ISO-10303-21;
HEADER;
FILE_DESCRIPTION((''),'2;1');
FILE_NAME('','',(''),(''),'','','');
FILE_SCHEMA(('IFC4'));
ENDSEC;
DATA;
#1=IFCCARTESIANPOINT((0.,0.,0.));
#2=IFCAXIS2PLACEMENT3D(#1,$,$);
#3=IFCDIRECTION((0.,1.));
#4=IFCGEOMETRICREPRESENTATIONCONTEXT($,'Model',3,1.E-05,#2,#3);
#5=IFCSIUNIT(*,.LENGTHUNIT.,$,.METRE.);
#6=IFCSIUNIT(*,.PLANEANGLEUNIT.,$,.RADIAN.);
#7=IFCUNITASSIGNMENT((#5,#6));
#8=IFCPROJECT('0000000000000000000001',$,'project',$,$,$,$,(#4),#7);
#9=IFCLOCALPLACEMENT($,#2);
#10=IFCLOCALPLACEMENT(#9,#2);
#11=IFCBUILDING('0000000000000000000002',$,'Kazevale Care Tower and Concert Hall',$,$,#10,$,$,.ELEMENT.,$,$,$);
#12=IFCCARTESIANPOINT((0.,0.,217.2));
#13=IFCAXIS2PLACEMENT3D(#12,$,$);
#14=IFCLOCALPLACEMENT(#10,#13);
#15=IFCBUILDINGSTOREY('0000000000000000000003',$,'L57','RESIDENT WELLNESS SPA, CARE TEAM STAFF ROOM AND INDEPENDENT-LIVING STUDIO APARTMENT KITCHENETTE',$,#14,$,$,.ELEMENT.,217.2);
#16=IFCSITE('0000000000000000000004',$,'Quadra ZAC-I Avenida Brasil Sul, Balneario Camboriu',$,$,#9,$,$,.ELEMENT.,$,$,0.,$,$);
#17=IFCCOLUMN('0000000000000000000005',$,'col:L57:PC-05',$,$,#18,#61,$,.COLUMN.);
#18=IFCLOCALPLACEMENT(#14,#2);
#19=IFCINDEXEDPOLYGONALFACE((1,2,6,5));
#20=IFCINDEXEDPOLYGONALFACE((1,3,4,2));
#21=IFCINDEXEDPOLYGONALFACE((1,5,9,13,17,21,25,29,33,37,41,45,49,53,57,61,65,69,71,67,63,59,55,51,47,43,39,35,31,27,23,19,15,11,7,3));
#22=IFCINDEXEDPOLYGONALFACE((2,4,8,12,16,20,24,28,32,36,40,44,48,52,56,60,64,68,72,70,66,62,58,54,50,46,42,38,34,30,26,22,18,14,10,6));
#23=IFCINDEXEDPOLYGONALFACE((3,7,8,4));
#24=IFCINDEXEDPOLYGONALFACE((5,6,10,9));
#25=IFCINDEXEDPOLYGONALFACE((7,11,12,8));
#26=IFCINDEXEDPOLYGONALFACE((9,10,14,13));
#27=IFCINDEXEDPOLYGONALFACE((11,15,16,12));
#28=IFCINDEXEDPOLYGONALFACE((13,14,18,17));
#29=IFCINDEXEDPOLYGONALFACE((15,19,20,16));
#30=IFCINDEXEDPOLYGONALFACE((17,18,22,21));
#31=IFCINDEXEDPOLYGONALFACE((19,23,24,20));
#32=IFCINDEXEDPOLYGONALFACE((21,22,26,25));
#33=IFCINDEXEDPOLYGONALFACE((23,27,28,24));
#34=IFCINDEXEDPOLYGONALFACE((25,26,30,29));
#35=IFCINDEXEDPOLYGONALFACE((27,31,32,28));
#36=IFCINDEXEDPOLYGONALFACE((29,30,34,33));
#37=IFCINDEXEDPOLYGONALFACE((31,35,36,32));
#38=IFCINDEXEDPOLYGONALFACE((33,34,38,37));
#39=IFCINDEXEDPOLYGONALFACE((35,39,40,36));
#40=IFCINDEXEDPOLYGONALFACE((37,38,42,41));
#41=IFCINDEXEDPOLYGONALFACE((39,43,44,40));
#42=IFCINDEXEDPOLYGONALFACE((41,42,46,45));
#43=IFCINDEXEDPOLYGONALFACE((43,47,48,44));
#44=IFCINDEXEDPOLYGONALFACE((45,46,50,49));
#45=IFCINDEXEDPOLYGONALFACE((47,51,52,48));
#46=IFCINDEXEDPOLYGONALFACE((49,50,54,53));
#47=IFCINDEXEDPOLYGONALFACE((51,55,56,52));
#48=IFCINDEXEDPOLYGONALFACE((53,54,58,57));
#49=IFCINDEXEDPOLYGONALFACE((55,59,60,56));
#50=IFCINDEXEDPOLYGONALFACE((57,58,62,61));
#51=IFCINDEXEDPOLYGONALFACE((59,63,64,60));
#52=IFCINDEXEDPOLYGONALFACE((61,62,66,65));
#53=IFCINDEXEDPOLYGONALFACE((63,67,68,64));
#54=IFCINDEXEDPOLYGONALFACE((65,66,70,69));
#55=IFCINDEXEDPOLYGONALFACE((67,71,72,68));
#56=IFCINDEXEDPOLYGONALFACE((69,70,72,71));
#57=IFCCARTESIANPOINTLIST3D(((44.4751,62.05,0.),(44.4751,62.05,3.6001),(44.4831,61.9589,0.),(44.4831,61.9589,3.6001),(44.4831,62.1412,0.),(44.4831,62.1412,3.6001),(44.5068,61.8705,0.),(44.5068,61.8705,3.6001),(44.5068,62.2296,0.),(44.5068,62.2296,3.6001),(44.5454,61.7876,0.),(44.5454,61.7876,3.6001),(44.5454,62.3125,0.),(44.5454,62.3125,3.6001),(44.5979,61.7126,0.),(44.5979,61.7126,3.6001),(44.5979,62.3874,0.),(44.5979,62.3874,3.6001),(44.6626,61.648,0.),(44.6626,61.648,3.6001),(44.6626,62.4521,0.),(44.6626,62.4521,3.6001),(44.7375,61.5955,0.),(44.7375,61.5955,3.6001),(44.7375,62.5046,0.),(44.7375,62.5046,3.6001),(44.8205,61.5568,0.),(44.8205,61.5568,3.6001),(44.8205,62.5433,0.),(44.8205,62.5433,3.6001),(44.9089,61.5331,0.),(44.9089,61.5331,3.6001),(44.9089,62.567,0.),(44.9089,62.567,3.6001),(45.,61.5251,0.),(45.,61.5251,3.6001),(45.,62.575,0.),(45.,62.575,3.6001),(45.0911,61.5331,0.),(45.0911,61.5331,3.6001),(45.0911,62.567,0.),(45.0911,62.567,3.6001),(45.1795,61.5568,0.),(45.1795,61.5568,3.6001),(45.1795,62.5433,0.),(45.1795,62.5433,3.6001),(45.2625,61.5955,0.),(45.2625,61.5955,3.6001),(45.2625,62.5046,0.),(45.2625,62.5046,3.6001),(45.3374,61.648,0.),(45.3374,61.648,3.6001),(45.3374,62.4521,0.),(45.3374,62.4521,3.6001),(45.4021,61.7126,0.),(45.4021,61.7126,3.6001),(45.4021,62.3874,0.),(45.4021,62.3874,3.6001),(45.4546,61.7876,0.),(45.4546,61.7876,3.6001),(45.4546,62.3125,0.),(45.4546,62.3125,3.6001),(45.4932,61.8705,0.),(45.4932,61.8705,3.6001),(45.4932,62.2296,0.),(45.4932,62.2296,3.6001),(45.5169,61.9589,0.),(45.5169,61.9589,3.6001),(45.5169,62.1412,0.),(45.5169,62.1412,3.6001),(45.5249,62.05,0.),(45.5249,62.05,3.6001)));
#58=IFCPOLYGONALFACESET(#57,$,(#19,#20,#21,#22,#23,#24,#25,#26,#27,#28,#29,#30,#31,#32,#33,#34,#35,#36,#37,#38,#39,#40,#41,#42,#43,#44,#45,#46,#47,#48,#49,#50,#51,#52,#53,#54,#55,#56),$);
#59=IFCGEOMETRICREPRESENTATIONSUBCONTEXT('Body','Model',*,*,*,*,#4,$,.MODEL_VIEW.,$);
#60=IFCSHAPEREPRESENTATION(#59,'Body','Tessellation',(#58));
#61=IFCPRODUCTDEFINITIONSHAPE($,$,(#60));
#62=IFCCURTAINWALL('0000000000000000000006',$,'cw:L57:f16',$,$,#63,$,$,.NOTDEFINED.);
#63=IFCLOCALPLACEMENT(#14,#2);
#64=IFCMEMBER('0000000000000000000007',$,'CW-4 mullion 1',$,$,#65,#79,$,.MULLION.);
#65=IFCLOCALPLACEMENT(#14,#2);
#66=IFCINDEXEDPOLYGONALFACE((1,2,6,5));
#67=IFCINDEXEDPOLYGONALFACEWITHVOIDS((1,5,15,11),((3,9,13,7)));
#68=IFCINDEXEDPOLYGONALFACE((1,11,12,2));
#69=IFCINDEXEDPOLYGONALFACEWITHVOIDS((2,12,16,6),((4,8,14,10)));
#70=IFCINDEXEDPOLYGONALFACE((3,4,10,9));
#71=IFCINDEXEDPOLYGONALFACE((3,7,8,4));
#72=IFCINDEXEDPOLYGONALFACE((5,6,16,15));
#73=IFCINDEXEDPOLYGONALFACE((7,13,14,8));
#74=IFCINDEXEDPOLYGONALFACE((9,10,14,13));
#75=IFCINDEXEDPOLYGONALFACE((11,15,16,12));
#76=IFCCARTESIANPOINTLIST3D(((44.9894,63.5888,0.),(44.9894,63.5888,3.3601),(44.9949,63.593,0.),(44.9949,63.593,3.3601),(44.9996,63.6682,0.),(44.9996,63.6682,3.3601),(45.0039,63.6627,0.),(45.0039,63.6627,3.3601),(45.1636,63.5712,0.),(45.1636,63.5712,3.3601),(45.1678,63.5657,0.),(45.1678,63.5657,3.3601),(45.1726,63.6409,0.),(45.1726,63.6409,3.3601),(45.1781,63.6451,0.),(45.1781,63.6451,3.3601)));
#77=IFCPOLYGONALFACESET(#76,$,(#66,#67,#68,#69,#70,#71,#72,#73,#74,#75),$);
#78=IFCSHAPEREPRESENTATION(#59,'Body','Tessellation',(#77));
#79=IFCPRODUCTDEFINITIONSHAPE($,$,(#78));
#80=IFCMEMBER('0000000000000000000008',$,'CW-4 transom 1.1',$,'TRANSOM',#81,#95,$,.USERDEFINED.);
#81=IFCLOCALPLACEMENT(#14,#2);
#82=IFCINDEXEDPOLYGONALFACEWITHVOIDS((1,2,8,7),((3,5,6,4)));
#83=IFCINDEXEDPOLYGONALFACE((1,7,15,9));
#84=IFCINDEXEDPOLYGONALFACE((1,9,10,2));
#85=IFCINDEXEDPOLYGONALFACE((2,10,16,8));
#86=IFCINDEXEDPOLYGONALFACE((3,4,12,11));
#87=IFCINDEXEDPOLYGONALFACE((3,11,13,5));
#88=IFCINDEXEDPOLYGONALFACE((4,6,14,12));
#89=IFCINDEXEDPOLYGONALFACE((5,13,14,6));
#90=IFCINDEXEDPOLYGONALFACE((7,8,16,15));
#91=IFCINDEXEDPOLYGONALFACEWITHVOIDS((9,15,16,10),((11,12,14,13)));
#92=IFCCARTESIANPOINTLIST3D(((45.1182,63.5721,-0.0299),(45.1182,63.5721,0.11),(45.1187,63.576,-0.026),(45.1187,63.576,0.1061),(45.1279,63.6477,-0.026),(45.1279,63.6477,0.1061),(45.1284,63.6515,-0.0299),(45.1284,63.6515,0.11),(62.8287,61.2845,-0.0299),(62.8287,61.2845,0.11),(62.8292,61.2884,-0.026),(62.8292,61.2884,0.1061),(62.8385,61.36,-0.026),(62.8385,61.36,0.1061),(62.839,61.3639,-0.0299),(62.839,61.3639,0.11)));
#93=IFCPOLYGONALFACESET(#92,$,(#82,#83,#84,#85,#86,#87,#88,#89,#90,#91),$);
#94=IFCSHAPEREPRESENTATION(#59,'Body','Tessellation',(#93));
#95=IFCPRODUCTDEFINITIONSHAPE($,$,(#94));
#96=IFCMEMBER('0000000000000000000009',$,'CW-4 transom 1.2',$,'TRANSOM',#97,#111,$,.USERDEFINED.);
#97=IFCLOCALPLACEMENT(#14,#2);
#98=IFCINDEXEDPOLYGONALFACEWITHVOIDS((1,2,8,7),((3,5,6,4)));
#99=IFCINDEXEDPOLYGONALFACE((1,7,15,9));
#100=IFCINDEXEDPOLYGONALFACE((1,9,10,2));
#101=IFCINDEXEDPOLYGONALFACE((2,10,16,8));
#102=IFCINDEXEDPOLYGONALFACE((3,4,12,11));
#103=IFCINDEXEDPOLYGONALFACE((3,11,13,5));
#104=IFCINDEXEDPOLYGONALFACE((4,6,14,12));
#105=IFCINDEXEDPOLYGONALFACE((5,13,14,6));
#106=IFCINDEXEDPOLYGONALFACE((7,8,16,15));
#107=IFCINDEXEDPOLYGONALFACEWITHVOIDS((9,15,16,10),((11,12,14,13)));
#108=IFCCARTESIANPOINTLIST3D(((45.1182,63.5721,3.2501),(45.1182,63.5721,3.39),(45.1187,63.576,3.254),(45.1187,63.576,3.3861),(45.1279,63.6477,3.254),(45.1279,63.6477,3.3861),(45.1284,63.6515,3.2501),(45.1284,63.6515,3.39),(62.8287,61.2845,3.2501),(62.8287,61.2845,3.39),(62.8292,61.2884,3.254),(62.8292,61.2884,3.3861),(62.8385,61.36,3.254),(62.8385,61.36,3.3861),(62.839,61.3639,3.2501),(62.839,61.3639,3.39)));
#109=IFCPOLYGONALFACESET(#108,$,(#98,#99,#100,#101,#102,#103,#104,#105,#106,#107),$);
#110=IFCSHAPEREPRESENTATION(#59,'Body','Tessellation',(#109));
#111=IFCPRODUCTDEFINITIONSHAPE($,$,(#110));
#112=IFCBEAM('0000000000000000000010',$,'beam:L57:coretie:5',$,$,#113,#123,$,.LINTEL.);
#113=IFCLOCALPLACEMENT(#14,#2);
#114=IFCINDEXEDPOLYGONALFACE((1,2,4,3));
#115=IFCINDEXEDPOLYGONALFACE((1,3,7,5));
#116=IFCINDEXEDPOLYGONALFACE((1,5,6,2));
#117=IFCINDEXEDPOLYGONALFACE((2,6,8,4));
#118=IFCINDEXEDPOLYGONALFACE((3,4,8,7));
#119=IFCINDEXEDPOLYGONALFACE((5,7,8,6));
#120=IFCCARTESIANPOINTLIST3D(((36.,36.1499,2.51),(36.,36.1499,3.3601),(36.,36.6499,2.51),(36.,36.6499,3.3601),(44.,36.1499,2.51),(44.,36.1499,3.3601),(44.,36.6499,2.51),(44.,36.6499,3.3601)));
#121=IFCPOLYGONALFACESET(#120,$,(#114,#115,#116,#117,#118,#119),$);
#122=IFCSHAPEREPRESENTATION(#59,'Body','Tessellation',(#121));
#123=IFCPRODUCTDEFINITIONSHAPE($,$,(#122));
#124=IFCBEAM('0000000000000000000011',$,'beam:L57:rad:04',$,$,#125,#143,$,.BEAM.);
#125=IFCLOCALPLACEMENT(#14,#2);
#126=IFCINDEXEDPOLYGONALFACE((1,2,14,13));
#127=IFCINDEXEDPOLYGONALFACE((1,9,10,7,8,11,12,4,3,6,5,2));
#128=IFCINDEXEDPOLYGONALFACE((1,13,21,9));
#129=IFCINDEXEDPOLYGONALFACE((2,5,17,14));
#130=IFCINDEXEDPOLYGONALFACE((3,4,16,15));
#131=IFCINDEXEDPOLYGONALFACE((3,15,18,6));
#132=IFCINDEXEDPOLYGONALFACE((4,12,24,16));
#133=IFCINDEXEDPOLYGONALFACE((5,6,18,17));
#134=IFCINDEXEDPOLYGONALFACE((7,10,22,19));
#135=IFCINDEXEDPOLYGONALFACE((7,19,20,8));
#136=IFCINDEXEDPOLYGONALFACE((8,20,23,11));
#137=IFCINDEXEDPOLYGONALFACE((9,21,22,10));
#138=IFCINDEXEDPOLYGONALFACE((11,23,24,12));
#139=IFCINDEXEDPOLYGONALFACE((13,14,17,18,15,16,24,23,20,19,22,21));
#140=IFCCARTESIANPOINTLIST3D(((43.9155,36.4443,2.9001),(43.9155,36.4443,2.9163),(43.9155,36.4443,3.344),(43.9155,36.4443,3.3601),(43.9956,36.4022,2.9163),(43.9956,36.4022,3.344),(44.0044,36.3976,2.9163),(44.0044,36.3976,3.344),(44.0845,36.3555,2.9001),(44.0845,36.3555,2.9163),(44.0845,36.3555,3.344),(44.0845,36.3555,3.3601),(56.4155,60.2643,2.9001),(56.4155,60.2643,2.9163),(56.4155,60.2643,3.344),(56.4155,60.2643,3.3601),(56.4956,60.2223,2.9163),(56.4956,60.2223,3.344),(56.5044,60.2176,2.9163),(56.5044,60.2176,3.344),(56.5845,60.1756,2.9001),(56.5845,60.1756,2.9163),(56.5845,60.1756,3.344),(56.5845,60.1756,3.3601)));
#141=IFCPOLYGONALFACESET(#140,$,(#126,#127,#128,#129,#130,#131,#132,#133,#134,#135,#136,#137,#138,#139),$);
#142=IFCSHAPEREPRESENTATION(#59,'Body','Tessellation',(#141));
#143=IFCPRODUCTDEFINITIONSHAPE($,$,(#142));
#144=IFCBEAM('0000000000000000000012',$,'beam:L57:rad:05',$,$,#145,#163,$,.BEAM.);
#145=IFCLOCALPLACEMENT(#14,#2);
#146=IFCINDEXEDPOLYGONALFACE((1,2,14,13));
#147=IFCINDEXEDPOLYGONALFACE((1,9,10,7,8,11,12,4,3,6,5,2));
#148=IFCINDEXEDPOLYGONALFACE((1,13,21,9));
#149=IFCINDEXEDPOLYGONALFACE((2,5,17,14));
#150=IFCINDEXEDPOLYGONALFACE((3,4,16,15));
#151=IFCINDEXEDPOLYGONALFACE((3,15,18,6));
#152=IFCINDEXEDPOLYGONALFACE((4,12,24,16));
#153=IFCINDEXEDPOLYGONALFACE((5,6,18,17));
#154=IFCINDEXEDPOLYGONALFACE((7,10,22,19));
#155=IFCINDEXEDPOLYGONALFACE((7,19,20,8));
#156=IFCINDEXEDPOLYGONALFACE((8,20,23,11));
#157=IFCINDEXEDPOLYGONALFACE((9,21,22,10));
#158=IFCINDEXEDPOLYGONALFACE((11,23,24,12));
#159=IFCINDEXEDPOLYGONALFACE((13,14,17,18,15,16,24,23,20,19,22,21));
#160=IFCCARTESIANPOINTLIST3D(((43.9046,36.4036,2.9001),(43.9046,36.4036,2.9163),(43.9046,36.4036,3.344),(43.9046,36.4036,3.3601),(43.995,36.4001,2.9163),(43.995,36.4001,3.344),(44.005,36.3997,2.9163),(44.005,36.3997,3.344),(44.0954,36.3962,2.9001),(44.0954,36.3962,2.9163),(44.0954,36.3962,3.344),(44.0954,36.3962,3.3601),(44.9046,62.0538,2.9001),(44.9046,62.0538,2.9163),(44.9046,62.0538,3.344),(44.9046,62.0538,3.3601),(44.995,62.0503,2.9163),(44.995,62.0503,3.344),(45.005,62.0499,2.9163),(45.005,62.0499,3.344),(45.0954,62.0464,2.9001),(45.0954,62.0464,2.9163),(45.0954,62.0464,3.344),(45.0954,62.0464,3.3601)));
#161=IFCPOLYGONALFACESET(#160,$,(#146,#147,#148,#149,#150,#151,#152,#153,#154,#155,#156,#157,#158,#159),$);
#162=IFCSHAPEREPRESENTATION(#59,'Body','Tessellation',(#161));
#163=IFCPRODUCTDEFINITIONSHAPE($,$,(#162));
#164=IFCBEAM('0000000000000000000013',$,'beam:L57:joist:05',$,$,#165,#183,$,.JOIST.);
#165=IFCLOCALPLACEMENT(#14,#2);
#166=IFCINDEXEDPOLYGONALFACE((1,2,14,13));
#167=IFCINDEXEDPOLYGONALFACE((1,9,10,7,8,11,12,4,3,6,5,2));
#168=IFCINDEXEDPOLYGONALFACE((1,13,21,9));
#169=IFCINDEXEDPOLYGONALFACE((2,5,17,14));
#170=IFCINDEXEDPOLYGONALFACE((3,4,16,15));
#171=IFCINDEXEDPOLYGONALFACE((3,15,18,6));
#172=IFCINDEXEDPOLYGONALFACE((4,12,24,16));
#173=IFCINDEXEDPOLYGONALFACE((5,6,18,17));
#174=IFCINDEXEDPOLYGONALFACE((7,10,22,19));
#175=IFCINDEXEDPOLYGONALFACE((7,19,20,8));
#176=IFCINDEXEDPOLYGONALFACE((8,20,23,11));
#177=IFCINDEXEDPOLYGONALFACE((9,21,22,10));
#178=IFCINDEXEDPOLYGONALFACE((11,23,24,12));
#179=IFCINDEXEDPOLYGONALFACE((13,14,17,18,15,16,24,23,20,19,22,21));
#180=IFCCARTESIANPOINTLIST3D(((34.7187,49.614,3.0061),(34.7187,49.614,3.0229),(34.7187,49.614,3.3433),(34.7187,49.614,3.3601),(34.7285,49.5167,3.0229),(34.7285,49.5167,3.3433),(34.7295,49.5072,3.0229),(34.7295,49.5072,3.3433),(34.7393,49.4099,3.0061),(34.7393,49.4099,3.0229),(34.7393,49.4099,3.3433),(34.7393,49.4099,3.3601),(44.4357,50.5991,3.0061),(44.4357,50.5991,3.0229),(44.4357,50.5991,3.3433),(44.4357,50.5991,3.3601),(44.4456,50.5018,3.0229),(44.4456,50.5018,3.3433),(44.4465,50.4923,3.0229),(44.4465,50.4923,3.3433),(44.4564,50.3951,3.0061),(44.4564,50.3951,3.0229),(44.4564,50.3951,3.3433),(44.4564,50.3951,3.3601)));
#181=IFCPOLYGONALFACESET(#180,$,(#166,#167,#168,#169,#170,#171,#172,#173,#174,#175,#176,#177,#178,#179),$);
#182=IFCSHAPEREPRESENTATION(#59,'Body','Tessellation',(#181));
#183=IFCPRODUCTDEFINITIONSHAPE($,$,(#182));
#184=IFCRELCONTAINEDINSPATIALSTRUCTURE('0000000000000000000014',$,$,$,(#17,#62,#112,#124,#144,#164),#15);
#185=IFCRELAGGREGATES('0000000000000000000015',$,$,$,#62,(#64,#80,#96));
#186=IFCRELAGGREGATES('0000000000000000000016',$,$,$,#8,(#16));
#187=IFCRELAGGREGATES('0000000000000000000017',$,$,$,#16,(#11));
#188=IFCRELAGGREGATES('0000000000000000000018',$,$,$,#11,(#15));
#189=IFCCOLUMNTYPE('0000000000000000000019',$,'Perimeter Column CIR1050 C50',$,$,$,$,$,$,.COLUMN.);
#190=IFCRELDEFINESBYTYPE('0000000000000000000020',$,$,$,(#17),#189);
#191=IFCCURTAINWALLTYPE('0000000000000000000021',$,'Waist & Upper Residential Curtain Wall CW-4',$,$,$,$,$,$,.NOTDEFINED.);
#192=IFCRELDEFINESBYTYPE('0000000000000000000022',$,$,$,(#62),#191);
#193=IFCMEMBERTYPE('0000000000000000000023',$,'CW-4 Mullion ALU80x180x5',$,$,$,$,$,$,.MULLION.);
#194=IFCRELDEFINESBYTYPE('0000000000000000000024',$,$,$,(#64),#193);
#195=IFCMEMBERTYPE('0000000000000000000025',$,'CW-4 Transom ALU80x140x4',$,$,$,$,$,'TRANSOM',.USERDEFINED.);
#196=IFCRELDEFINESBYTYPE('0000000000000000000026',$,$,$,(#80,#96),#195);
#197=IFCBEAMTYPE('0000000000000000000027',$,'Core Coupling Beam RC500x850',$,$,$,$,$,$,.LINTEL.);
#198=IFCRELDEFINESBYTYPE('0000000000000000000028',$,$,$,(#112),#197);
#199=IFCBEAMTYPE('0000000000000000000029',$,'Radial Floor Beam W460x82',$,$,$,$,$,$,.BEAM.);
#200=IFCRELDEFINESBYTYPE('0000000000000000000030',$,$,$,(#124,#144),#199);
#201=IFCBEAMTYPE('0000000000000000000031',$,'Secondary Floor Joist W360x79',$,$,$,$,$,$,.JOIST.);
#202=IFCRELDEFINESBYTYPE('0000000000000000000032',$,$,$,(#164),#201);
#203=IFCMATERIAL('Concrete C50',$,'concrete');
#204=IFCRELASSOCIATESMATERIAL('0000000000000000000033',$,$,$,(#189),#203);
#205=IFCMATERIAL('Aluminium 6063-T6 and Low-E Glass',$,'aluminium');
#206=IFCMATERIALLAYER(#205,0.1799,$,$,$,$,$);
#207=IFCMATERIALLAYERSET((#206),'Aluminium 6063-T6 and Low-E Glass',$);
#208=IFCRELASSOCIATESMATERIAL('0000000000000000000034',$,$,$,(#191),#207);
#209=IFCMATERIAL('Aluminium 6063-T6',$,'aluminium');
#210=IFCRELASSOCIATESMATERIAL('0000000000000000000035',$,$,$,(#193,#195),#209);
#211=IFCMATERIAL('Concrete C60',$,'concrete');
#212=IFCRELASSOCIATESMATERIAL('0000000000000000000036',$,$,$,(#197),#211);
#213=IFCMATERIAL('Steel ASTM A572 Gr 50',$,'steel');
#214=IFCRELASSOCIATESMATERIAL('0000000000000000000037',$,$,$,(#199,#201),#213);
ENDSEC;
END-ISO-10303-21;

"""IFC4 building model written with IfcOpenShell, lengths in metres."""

from ifc_helpers import new_model, si_unit, direction, frame, origin, origin_2d, place, context, subcontext, project, spatial, rectangle, hollow_rectangle, circle, i_section, extrude, material, layer, layer_set, material_profile, profile_set, type_object, element, aggregate, save


model = new_model("IFC4")

# Units and contexts
model_context = context("Model", 3, precision=1e-05, world=origin(), true_north=direction((0.0, 1.0)))
body_context = subcontext(model_context, "Body", "Model", "MODEL_VIEW")
ifc_project = project(units=[si_unit("LENGTHUNIT", "METRE"), si_unit("PLANEANGLEUNIT", "RADIAN")], contexts=[model_context])

# Site, building, storey
site_placement = place(None, origin())
site = spatial("IfcSite", under=ifc_project, at=site_placement, Name="Quadra ZAC-I Avenida Brasil Sul, Balneario Camboriu", CompositionType="ELEMENT", RefElevation=0.0)
building_placement = place(site_placement, origin())
building = spatial("IfcBuilding", under=site, at=building_placement, Name="Kazevale Care Tower and Concert Hall", CompositionType="ELEMENT")
storey_placement = place(building_placement, frame((0.0, 0.0, 217.2)))
storey = spatial("IfcBuildingStorey", under=building, at=storey_placement, Name="L57", Description="RESIDENT WELLNESS SPA, CARE TEAM STAFF ROOM AND INDEPENDENT-LIVING STUDIO APARTMENT KITCHENETTE", CompositionType="ELEMENT", Elevation=217.2)

# Column
ifc_material_1 = material(Name="Concrete C50", Category="concrete")
ifc_material_profile_1 = material_profile(ifc_material_1, circle(Radius=0.5249, at=origin_2d()), Name="RC-CIR1050")
ifc_profile_set_1 = profile_set([ifc_material_profile_1], Name="Concrete C50")
column_type = type_object("IfcColumnType", Name="Perimeter Column CIR1050 C50", PredefinedType="COLUMN", material=ifc_profile_set_1)
column_placement = place(storey_placement, frame((45.0, 62.05, 0.0), z_axis=(0.0, 0.0, 1.0), x_axis=(1.0, 0.0, 0.0)))
element("IfcColumn", 1, at=column_placement, inside=storey, type_object=column_type, Name="col:L57:PC-05", PredefinedType="COLUMN", context=body_context, shape_type="SweptSolid", body=[
    extrude(circle(Radius=0.5249, at=origin_2d()), origin(), (0.0, 0.0, 1.0), 3.6001),
])

# Curtain wall, members
ifc_material_2 = material(Name="Aluminium 6063-T6 and Low-E Glass", Category="aluminium")
ifc_layer_1 = layer(ifc_material_2, 0.1799)
ifc_layer_set_1 = layer_set([ifc_layer_1], Name="Aluminium 6063-T6 and Low-E Glass")
curtain_wall_type = type_object("IfcCurtainWallType", Name="Waist & Upper Residential Curtain Wall CW-4", PredefinedType="NOTDEFINED", material=ifc_layer_set_1)
curtain_wall_placement = place(storey_placement, origin())
curtain_wall = element("IfcCurtainWall", 2, at=curtain_wall_placement, inside=storey, type_object=curtain_wall_type, Name="cw:L57:f16", PredefinedType="NOTDEFINED")
ifc_material_3 = material(Name="Aluminium 6063-T6", Category="aluminium")
ifc_material_profile_2 = material_profile(ifc_material_3, hollow_rectangle(XDim=0.0801, YDim=0.1799, WallThickness=0.0049, at=origin_2d()), Name="ALU80x180x5")
ifc_profile_set_2 = profile_set([ifc_material_profile_2], Name="Aluminium 6063-T6")
member_type_1 = type_object("IfcMemberType", Name="CW-4 Mullion ALU80x180x5", PredefinedType="MULLION", material=ifc_profile_set_2)
member_1_placement = place(storey_placement, frame((45.0837, 63.6169, 0.0), z_axis=(0.0, 0.0, 1.0), x_axis=(0.128098, 0.991761, 0.0)))
member_1 = element("IfcMember", 3, at=member_1_placement, type_object=member_type_1, Name="CW-4 mullion 1", PredefinedType="MULLION", context=body_context, shape_type="SweptSolid", body=[
    extrude(hollow_rectangle(XDim=0.0801, YDim=0.1799, WallThickness=0.0049, at=origin_2d()), origin(), (0.0, 0.0, 1.0), 3.3601),
])
ifc_material_profile_3 = material_profile(ifc_material_3, hollow_rectangle(XDim=0.0801, YDim=0.1399, WallThickness=0.0039, at=origin_2d()), Name="ALU80x140x4")
ifc_profile_set_3 = profile_set([ifc_material_profile_3], Name="Aluminium 6063-T6")
member_type_2 = type_object("IfcMemberType", Name="CW-4 Transom ALU80x140x4", ElementType="TRANSOM", PredefinedType="USERDEFINED", material=ifc_profile_set_3)
member_2_placement = place(storey_placement, frame((45.1233, 63.6118, 0.04), z_axis=(0.991761, -0.128102, 0.0), x_axis=(0.128102, 0.991761, 0.0)))
member_2 = element("IfcMember", 4, at=member_2_placement, type_object=member_type_2, Name="CW-4 transom 1.1", ObjectType="TRANSOM", PredefinedType="USERDEFINED", context=body_context, shape_type="SweptSolid", body=[
    extrude(hollow_rectangle(XDim=0.0801, YDim=0.1399, WallThickness=0.0039, at=origin_2d()), origin(), (0.0, 0.0, 1.0), 17.8577),
])
member_3_placement = place(storey_placement, frame((45.1233, 63.6118, 3.3201), z_axis=(0.991761, -0.128102, 0.0), x_axis=(0.128102, 0.991761, 0.0)))
member_3 = element("IfcMember", 5, at=member_3_placement, type_object=member_type_2, Name="CW-4 transom 1.2", ObjectType="TRANSOM", PredefinedType="USERDEFINED", context=body_context, shape_type="SweptSolid", body=[
    extrude(hollow_rectangle(XDim=0.0801, YDim=0.1399, WallThickness=0.0039, at=origin_2d()), origin(), (0.0, 0.0, 1.0), 17.8577),
])
aggregate(curtain_wall, [member_1, member_2, member_3])

# Beams
ifc_material_4 = material(Name="Concrete C60", Category="concrete")
ifc_material_profile_4 = material_profile(ifc_material_4, rectangle(XDim=0.5, YDim=0.8501, at=origin_2d()), Name="RC-B500x850")
ifc_profile_set_4 = profile_set([ifc_material_profile_4], Name="Concrete C60")
beam_type_1 = type_object("IfcBeamType", Name="Core Coupling Beam RC500x850", PredefinedType="LINTEL", material=ifc_profile_set_4)
beam_1_placement = place(storey_placement, frame((44.0, 36.3999, 2.9351), z_axis=(-1.0, 0.0, 0.0), x_axis=(0.0, -1.0, 0.0)))
element("IfcBeam", 6, at=beam_1_placement, inside=storey, type_object=beam_type_1, Name="beam:L57:coretie:5", PredefinedType="LINTEL", context=body_context, shape_type="SweptSolid", body=[
    extrude(rectangle(XDim=0.5, YDim=0.8501, at=origin_2d()), origin(), (0.0, 0.0, 1.0), 8.0),
])
ifc_material_5 = material(Name="Steel ASTM A572 Gr 50", Category="steel")
ifc_material_profile_5 = material_profile(ifc_material_5, i_section(OverallWidth=0.1909, OverallDepth=0.46, WebThickness=0.01, FlangeThickness=0.0161, at=origin_2d()), Name="W460x82")
ifc_profile_set_5 = profile_set([ifc_material_profile_5], Name="Steel ASTM A572 Gr 50")
beam_type_2 = type_object("IfcBeamType", Name="Radial Floor Beam W460x82", PredefinedType="BEAM", material=ifc_profile_set_5)
beam_2_placement = place(storey_placement, frame((44.0, 36.3999, 3.1301), z_axis=(0.464673, 0.885483, 0.0), x_axis=(-0.885483, 0.464673, 0.0)))
element("IfcBeam", 7, at=beam_2_placement, inside=storey, type_object=beam_type_2, Name="beam:L57:rad:04", PredefinedType="BEAM", context=body_context, shape_type="SweptSolid", body=[
    extrude(i_section(OverallWidth=0.1909, OverallDepth=0.46, WebThickness=0.01, FlangeThickness=0.0161, at=origin_2d()), origin(), (0.0, 0.0, 1.0), 26.9006),
])
beam_3_placement = place(storey_placement, frame((44.0, 36.3999, 3.1301), z_axis=(0.038957, 0.999241, 0.0), x_axis=(-0.999241, 0.038957, 0.0)))
element("IfcBeam", 8, at=beam_3_placement, inside=storey, type_object=beam_type_2, Name="beam:L57:rad:05", PredefinedType="BEAM", context=body_context, shape_type="SweptSolid", body=[
    extrude(i_section(OverallWidth=0.1909, OverallDepth=0.46, WebThickness=0.01, FlangeThickness=0.0161, at=origin_2d()), origin(), (0.0, 0.0, 1.0), 25.6697),
])
ifc_material_profile_6 = material_profile(ifc_material_5, i_section(OverallWidth=0.2051, OverallDepth=0.354, WebThickness=0.0095, FlangeThickness=0.0168, at=origin_2d()), Name="W360x79")
ifc_profile_set_6 = profile_set([ifc_material_profile_6], Name="Steel ASTM A572 Gr 50")
beam_type_3 = type_object("IfcBeamType", Name="Secondary Floor Joist W360x79", PredefinedType="JOIST", material=ifc_profile_set_6)
beam_4_placement = place(storey_placement, frame((44.446, 50.4971, 3.1831), z_axis=(-0.9949, -0.100862, 0.0), x_axis=(0.100862, -0.9949, 0.0)))
element("IfcBeam", 9, at=beam_4_placement, inside=storey, type_object=beam_type_3, Name="beam:L57:joist:05", PredefinedType="JOIST", context=body_context, shape_type="SweptSolid", body=[
    extrude(i_section(OverallWidth=0.2051, OverallDepth=0.354, WebThickness=0.0095, FlangeThickness=0.0168, at=origin_2d()), origin(), (0.0, 0.0, 1.0), 9.7668),
])

save(model, "model.ifc")
